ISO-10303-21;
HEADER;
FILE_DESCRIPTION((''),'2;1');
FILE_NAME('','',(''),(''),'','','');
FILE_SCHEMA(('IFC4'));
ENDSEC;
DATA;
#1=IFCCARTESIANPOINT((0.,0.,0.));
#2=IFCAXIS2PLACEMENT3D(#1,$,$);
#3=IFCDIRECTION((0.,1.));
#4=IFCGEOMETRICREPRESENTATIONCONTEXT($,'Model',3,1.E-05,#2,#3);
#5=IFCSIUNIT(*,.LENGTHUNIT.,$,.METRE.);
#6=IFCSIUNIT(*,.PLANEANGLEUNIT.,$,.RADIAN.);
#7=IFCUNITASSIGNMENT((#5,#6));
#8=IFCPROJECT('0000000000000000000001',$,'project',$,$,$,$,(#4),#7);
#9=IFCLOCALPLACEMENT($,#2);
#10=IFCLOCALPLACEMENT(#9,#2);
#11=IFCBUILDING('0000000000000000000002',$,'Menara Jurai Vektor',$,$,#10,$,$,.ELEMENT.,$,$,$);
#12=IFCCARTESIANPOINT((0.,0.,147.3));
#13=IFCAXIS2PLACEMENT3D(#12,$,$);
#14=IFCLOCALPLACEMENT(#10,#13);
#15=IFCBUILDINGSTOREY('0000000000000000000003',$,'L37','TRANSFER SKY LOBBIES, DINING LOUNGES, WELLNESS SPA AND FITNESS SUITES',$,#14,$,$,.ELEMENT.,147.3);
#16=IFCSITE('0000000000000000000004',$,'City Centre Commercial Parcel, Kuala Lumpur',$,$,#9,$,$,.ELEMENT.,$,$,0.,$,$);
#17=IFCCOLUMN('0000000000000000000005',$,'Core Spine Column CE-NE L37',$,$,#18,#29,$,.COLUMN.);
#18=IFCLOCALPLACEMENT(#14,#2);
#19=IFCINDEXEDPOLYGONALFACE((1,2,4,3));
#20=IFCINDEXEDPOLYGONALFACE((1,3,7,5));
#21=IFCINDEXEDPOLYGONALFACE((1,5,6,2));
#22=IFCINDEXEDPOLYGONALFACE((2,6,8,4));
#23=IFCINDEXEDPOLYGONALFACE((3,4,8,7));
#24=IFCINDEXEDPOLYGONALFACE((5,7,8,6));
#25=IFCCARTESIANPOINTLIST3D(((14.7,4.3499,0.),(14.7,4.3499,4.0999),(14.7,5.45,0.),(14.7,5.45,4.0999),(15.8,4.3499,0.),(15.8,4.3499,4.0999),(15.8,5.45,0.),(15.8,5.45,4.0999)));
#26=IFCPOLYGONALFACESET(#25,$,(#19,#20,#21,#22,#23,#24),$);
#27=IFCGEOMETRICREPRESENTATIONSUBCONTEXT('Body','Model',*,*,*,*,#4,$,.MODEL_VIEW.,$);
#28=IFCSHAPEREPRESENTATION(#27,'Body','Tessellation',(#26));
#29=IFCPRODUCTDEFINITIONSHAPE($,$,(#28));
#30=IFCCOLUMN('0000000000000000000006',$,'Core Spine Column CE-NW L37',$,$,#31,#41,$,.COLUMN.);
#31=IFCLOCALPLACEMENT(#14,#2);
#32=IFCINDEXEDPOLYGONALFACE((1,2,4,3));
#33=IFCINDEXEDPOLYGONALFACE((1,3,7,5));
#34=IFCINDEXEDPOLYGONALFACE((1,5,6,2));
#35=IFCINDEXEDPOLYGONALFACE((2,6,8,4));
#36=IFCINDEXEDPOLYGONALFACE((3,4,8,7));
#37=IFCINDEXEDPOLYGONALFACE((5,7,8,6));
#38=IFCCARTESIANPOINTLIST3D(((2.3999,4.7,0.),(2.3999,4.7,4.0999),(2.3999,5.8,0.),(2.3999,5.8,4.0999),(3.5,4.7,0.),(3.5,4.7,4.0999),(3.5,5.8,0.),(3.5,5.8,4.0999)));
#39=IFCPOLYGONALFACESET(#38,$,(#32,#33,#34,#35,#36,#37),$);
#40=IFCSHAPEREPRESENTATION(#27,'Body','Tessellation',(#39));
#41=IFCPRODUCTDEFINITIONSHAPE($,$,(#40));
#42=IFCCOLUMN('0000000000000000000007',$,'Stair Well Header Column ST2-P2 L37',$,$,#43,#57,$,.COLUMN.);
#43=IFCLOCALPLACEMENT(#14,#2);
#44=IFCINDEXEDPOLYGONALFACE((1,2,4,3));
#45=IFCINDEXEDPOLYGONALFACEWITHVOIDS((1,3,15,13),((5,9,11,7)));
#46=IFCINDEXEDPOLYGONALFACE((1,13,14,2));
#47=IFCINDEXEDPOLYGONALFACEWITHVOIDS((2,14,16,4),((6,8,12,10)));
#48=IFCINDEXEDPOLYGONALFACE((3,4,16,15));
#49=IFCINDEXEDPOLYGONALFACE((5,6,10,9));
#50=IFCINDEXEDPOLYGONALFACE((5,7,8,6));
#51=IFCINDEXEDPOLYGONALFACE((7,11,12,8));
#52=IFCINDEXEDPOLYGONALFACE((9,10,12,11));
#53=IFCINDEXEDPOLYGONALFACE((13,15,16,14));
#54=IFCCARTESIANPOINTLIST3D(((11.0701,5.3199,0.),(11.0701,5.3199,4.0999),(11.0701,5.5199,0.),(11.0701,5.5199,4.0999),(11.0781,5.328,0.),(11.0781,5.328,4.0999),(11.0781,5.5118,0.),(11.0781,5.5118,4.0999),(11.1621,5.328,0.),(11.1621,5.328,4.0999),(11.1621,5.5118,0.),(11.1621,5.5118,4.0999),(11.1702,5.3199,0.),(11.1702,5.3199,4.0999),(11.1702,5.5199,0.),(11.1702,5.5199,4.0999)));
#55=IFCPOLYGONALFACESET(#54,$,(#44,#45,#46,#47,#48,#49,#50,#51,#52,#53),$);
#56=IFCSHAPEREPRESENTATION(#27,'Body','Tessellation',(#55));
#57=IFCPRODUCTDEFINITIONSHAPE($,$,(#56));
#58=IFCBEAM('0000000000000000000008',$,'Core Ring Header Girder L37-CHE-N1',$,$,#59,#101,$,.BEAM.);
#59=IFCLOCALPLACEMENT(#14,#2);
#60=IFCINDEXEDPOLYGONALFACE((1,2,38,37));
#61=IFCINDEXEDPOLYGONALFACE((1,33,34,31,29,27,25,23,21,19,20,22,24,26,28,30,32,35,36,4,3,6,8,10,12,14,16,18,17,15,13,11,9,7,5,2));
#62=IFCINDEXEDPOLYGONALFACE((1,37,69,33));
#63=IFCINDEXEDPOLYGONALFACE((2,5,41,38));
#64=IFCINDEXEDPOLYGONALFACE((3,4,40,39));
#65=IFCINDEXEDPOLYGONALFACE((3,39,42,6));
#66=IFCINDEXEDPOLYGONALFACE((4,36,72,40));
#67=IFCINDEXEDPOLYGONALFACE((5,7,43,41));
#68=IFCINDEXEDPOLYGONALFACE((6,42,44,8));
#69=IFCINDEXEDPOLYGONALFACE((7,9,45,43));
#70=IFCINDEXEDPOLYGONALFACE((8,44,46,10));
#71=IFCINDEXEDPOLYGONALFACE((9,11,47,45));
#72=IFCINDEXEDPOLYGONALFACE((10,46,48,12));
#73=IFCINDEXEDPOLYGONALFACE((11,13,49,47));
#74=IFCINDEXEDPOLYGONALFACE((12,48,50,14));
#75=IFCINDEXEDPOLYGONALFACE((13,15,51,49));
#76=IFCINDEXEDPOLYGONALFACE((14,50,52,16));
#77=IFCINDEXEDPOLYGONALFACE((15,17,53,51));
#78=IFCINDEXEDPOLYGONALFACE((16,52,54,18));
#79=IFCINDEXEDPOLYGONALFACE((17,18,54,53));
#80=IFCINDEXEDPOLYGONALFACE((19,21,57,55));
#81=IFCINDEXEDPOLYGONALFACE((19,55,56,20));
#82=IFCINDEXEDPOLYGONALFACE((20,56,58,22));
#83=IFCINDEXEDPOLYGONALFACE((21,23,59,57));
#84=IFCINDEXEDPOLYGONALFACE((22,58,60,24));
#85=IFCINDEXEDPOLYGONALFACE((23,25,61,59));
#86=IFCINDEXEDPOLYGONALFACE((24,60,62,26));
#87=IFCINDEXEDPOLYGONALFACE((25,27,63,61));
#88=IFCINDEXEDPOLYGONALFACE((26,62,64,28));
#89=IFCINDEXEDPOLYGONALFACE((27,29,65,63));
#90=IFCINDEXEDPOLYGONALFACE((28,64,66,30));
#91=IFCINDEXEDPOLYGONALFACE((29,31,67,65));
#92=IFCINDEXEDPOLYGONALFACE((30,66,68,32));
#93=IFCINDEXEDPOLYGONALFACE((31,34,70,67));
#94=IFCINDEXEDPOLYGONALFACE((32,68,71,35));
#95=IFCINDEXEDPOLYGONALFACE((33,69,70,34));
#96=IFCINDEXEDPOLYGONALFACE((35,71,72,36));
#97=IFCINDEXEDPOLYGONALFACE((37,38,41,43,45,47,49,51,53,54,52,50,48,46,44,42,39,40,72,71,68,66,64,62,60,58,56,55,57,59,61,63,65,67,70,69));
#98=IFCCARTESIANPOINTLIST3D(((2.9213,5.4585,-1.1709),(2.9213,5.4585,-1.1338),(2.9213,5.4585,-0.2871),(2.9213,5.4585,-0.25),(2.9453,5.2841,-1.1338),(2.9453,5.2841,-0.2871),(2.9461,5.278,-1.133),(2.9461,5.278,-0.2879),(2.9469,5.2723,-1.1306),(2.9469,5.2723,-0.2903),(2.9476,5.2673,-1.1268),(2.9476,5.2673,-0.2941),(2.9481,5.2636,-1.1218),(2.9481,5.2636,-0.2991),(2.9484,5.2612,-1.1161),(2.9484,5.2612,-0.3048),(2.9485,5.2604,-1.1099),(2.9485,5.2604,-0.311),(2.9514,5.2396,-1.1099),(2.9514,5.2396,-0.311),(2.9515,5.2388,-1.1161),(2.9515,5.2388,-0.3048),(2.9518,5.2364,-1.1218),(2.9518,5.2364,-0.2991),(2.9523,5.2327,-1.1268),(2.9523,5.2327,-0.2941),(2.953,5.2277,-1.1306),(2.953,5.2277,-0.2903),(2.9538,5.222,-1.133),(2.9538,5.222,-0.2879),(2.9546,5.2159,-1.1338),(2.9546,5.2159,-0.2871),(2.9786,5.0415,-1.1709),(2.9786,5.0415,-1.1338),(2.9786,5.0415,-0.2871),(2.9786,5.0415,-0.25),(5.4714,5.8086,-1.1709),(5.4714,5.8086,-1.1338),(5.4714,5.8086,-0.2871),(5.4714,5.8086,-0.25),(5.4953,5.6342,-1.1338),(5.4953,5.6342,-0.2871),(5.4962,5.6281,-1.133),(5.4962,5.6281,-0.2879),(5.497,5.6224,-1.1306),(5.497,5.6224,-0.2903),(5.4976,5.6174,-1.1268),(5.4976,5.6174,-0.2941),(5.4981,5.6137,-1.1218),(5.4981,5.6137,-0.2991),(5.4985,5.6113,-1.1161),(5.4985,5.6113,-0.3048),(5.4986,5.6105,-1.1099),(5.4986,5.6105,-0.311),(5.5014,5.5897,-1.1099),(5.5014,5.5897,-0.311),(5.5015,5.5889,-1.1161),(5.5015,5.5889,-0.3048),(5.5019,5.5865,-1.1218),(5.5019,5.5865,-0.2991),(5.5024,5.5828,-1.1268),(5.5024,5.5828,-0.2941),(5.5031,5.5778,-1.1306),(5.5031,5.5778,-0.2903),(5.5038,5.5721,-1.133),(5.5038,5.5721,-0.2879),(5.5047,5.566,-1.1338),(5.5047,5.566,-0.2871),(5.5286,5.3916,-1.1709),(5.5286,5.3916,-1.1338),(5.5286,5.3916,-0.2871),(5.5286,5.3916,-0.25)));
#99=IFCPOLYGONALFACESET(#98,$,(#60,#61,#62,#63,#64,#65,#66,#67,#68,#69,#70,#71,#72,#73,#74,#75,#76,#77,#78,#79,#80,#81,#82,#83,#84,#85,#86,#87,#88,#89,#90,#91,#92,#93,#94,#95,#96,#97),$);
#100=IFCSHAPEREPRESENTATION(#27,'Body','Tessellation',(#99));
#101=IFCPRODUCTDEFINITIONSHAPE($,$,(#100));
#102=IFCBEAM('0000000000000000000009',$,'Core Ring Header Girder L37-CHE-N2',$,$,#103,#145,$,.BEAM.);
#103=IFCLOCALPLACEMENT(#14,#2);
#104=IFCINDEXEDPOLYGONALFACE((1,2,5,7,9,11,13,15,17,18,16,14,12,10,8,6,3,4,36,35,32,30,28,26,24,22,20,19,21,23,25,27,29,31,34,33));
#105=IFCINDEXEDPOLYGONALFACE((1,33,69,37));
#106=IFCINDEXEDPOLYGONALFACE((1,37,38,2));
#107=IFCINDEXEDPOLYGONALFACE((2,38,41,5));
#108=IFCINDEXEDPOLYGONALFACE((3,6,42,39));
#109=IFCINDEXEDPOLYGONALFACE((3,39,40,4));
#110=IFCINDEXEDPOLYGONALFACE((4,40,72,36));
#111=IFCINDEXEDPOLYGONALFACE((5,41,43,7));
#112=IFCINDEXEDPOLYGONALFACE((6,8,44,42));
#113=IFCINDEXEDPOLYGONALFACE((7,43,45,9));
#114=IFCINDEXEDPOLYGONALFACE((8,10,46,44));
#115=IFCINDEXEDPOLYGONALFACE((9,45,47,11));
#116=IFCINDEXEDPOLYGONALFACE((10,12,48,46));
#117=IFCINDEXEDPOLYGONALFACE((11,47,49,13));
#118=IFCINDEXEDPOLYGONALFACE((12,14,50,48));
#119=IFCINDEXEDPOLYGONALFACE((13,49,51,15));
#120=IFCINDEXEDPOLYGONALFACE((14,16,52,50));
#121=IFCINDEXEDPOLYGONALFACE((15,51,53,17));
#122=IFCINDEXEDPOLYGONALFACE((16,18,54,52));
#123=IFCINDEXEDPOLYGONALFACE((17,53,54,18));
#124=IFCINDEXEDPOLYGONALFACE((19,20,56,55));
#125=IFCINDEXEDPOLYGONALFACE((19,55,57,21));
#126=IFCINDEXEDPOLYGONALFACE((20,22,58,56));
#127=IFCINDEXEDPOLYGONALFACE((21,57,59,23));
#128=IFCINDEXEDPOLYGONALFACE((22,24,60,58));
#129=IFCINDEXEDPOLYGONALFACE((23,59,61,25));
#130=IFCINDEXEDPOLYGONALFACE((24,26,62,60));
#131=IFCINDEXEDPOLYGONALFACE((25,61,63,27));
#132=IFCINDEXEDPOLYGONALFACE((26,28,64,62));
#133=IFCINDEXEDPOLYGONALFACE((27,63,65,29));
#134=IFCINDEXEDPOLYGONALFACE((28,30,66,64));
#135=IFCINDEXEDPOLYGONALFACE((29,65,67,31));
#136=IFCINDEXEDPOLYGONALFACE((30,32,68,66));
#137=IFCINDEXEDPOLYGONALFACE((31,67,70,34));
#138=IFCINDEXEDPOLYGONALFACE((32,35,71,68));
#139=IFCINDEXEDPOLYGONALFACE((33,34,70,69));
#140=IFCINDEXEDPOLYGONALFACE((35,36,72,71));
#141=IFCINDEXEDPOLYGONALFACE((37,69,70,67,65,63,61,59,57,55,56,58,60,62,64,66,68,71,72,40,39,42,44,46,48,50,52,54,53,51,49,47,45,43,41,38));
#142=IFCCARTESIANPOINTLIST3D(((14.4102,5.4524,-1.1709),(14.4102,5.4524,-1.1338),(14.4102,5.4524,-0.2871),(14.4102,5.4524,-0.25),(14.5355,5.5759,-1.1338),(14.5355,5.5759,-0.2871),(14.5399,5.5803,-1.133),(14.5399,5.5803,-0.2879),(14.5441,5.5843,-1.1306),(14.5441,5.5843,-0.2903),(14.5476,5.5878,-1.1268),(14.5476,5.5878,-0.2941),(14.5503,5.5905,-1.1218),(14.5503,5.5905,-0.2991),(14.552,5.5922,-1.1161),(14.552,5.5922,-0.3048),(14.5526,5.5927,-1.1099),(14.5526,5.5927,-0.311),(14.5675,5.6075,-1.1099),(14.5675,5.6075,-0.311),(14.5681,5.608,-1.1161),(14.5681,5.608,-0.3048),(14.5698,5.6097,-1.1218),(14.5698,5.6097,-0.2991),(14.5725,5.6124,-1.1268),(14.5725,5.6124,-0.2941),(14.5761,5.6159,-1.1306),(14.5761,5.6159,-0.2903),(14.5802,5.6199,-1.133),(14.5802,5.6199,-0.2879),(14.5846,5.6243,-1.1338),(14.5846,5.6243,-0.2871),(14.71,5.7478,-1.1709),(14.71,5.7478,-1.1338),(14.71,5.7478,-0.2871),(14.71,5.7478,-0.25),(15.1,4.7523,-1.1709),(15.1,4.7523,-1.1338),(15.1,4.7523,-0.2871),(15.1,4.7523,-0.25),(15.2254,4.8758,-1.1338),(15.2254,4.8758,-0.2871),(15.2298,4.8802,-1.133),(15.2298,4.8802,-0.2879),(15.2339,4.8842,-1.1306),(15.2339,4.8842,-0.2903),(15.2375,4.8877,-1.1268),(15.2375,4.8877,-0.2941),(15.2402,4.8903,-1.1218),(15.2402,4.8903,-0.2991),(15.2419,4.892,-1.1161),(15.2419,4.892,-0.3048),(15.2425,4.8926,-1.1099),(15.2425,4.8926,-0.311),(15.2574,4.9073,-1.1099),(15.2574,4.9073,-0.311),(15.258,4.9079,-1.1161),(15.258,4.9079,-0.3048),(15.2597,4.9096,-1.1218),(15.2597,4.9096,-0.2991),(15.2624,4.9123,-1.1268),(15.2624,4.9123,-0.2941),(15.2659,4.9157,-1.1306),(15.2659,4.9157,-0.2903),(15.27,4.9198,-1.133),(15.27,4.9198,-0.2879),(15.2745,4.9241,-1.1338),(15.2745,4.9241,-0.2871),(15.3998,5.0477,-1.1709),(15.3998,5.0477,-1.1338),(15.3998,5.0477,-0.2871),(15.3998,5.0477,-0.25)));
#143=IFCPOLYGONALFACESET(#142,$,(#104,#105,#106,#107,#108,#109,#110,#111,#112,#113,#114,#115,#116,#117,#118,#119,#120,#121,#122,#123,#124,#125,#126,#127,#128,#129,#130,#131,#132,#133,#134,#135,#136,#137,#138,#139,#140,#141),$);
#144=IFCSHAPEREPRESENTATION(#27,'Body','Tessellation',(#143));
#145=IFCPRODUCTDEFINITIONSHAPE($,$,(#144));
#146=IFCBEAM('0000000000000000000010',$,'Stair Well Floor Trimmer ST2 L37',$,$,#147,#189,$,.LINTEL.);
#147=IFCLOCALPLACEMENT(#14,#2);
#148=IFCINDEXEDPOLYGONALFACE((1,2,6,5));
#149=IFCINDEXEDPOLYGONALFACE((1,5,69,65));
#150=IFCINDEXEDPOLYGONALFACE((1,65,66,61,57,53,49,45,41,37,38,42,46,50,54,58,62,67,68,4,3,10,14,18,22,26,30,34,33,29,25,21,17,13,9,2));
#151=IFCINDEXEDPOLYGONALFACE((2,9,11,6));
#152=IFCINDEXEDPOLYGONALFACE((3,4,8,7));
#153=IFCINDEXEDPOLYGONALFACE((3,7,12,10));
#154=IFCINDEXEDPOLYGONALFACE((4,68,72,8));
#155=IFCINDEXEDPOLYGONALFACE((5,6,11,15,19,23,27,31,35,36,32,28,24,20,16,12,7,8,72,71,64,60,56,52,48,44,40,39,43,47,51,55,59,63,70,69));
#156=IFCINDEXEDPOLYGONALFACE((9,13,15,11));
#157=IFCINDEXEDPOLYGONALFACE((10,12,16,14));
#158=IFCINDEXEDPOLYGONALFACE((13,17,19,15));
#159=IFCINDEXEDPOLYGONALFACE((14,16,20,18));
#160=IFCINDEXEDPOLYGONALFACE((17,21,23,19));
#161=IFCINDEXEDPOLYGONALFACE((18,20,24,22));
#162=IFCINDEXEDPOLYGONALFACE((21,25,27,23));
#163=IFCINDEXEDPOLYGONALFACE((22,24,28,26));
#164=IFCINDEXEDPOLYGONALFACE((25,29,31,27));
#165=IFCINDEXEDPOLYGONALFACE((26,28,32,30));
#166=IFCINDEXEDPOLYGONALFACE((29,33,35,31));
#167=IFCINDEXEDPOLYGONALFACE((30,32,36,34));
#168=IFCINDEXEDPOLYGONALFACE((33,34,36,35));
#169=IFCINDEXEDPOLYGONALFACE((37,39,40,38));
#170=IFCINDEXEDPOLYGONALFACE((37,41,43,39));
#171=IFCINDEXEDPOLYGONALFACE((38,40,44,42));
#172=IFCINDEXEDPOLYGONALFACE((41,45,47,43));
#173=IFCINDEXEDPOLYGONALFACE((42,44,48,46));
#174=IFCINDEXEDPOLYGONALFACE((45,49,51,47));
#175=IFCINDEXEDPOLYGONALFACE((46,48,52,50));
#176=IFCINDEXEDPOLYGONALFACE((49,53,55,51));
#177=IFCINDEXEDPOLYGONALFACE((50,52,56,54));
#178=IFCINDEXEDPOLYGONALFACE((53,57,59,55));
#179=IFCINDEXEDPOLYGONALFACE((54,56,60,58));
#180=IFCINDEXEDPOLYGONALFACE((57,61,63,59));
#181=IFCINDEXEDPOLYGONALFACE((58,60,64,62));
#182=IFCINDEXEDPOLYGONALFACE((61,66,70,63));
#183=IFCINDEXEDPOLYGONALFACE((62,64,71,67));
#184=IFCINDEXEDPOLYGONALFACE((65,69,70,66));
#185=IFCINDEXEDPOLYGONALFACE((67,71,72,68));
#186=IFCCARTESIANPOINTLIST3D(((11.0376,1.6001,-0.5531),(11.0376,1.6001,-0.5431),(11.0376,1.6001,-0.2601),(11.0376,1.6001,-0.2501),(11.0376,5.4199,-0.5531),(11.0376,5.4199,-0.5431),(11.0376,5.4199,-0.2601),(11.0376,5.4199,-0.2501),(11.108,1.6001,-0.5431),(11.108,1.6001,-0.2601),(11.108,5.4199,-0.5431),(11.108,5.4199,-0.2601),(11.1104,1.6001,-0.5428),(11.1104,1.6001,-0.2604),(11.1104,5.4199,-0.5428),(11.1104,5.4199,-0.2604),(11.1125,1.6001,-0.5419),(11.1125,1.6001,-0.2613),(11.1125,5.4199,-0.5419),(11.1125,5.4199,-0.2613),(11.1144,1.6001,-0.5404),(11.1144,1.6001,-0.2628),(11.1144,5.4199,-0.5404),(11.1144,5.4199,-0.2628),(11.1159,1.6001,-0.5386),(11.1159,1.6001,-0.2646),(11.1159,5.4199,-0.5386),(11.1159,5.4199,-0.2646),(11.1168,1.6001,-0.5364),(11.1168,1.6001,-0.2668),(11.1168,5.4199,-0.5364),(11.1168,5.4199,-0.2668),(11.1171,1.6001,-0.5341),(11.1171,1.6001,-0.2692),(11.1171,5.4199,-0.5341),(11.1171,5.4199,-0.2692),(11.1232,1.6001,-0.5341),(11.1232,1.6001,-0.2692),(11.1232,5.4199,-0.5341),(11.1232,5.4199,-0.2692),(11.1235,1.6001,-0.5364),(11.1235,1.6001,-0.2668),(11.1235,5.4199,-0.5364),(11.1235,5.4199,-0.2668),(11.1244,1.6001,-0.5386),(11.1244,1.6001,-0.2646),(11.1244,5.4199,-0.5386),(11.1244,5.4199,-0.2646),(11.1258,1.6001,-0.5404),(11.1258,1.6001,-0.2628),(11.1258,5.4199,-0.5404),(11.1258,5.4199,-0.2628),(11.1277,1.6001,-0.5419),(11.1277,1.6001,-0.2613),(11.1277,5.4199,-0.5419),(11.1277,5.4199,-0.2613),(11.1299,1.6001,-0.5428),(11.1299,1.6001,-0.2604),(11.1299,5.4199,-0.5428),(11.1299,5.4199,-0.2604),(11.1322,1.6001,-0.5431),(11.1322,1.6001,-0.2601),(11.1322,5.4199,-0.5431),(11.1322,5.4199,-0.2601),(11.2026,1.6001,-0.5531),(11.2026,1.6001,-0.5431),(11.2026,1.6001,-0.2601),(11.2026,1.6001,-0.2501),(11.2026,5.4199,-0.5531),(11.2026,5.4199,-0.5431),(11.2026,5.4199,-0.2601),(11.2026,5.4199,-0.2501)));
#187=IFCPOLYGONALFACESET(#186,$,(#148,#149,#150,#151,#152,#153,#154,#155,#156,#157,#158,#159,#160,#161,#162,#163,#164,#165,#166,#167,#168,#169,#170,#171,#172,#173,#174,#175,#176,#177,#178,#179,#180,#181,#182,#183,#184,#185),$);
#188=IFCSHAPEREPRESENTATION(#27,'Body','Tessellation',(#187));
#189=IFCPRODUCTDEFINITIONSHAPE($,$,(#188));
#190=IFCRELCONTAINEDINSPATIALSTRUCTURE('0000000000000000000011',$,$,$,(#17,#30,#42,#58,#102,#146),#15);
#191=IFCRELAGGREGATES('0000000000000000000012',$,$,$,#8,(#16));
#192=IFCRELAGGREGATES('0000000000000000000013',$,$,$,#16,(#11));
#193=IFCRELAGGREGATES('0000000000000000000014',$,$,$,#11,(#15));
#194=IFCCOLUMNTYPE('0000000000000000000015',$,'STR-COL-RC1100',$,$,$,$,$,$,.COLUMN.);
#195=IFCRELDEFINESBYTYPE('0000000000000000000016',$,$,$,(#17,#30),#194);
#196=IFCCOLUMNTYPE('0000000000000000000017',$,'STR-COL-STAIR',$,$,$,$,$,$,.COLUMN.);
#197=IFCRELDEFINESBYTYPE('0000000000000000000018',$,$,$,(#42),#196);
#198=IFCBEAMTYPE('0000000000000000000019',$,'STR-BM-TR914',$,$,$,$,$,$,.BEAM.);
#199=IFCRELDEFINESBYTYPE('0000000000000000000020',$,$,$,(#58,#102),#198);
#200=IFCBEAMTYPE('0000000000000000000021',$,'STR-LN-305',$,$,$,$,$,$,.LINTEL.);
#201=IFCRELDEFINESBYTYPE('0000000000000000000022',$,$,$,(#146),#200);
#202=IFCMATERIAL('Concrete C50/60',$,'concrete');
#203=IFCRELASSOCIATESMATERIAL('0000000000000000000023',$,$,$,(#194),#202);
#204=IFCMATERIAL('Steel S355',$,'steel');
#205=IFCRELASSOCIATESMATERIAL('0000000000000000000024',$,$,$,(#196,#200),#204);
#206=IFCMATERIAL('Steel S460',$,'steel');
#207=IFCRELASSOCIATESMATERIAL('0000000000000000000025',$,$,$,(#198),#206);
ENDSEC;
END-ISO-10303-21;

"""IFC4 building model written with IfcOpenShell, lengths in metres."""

from ifc_helpers import new_model, si_unit, direction, frame, origin, origin_2d, place, context, subcontext, project, spatial, rectangle, hollow_rectangle, i_section, extrude, material, material_profile, profile_set, type_object, element, save


model = new_model("IFC4")

# Units and contexts
model_context = context("Model", 3, precision=1e-05, world=origin(), true_north=direction((0.0, 1.0)))
body_context = subcontext(model_context, "Body", "Model", "MODEL_VIEW")
ifc_project = project(units=[si_unit("LENGTHUNIT", "METRE"), si_unit("PLANEANGLEUNIT", "RADIAN")], contexts=[model_context])

# Site, building, storey
site_placement = place(None, origin())
site = spatial("IfcSite", under=ifc_project, at=site_placement, Name="City Centre Commercial Parcel, Kuala Lumpur", CompositionType="ELEMENT", RefElevation=0.0)
building_placement = place(site_placement, origin())
building = spatial("IfcBuilding", under=site, at=building_placement, Name="Menara Jurai Vektor", CompositionType="ELEMENT")
storey_placement = place(building_placement, frame((0.0, 0.0, 147.3)))
storey = spatial("IfcBuildingStorey", under=building, at=storey_placement, Name="L37", Description="TRANSFER SKY LOBBIES, DINING LOUNGES, WELLNESS SPA AND FITNESS SUITES", CompositionType="ELEMENT", Elevation=147.3)

# Columns
ifc_material_1 = material(Name="Concrete C50/60", Category="concrete")
ifc_material_profile_1 = material_profile(ifc_material_1, rectangle(XDim=1.1001, YDim=1.1001, at=origin_2d()), Name="RC 1100x1100")
ifc_profile_set_1 = profile_set([ifc_material_profile_1], Name="Concrete C50/60")
column_type_1 = type_object("IfcColumnType", Name="STR-COL-RC1100", PredefinedType="COLUMN", material=ifc_profile_set_1)
for number, where, z_axis, x_axis, name in (
    (1, (15.25, 4.8999, 0.0), (0.0, 0.0, 1.0), (1.0, 0.0, 0.0), "Core Spine Column CE-NE L37"),
    (2, (2.95, 5.25, 0.0), (0.0, 0.0, 1.0), (1.0, 0.0, 0.0), "Core Spine Column CE-NW L37"),
):
    element("IfcColumn", number, at=place(storey_placement, frame(where, z_axis=z_axis, x_axis=x_axis)), inside=storey, type_object=column_type_1, Name=name, PredefinedType="COLUMN", context=body_context, shape_type="SweptSolid", body=[
        extrude(rectangle(XDim=1.1001, YDim=1.1001, at=origin_2d()), origin(), (0.0, 0.0, 1.0), 4.0999),
    ])
ifc_material_2 = material(Name="Steel S355", Category="steel")
ifc_material_profile_2 = material_profile(ifc_material_2, hollow_rectangle(XDim=0.1001, YDim=0.2, WallThickness=0.0081, at=origin_2d()), Name="RHS 200x100x8")
ifc_profile_set_2 = profile_set([ifc_material_profile_2], Name="Steel S355")
column_type_2 = type_object("IfcColumnType", Name="STR-COL-STAIR", PredefinedType="COLUMN", material=ifc_profile_set_2)
column_placement = place(storey_placement, frame((11.1201, 5.4199, 0.0), z_axis=(0.0, 0.0, 1.0), x_axis=(1.0, 0.0, 0.0)))
element("IfcColumn", 3, at=column_placement, inside=storey, type_object=column_type_2, Name="Stair Well Header Column ST2-P2 L37", PredefinedType="COLUMN", context=body_context, shape_type="SweptSolid", body=[
    extrude(hollow_rectangle(XDim=0.1001, YDim=0.2, WallThickness=0.0081, at=origin_2d()), origin(), (0.0, 0.0, 1.0), 4.0999),
])

# Beams
ifc_material_3 = material(Name="Steel S460", Category="steel")
ifc_material_profile_3 = material_profile(ifc_material_3, i_section(OverallWidth=0.4209, OverallDepth=0.9209, WebThickness=0.021, FlangeThickness=0.0371, FilletRadius=0.0239, at=origin_2d()), Name="UKB 914x419x388")
ifc_profile_set_3 = profile_set([ifc_material_profile_3], Name="Steel S460")
beam_type_1 = type_object("IfcBeamType", Name="STR-BM-TR914", PredefinedType="BEAM", material=ifc_profile_set_3)
beam_1_placement = place(storey_placement, frame((2.95, 5.25, -0.7104), z_axis=(0.990707, 0.136015, 0.0), x_axis=(-0.136015, 0.990707, 0.0)))
element("IfcBeam", 4, at=beam_1_placement, inside=storey, type_object=beam_type_1, Name="Core Ring Header Girder L37-CHE-N1", PredefinedType="BEAM", context=body_context, shape_type="SweptSolid", body=[
    extrude(i_section(OverallWidth=0.4209, OverallDepth=0.9209, WebThickness=0.021, FlangeThickness=0.0371, FilletRadius=0.0239, at=origin_2d()), origin(), (0.0, 0.0, 1.0), 2.574),
])
beam_2_placement = place(storey_placement, frame((14.5601, 5.6001, -0.7104), z_axis=(0.701872, -0.712303, 0.0), x_axis=(0.712303, 0.701872, 0.0)))
element("IfcBeam", 5, at=beam_2_placement, inside=storey, type_object=beam_type_1, Name="Core Ring Header Girder L37-CHE-N2", PredefinedType="BEAM", context=body_context, shape_type="SweptSolid", body=[
    extrude(i_section(OverallWidth=0.4209, OverallDepth=0.9209, WebThickness=0.021, FlangeThickness=0.0371, FilletRadius=0.0239, at=origin_2d()), origin(), (0.0, 0.0, 1.0), 0.9829),
])
ifc_material_profile_4 = material_profile(ifc_material_2, i_section(OverallWidth=0.165, OverallDepth=0.303, WebThickness=0.0061, FlangeThickness=0.01, FilletRadius=0.009, at=origin_2d()), Name="UKB 305x165x40")
ifc_profile_set_4 = profile_set([ifc_material_profile_4], Name="Steel S355")
beam_type_2 = type_object("IfcBeamType", Name="STR-LN-305", PredefinedType="LINTEL", material=ifc_profile_set_4)
beam_3_placement = place(storey_placement, frame((11.1201, 1.6001, -0.4016), z_axis=(0.0, 1.0, 0.0), x_axis=(-1.0, 0.0, 0.0)))
element("IfcBeam", 6, at=beam_3_placement, inside=storey, type_object=beam_type_2, Name="Stair Well Floor Trimmer ST2 L37", PredefinedType="LINTEL", context=body_context, shape_type="SweptSolid", body=[
    extrude(i_section(OverallWidth=0.165, OverallDepth=0.303, WebThickness=0.0061, FlangeThickness=0.01, FilletRadius=0.009, at=origin_2d()), origin(), (0.0, 0.0, 1.0), 3.8198),
])

save(model, "model.ifc")
